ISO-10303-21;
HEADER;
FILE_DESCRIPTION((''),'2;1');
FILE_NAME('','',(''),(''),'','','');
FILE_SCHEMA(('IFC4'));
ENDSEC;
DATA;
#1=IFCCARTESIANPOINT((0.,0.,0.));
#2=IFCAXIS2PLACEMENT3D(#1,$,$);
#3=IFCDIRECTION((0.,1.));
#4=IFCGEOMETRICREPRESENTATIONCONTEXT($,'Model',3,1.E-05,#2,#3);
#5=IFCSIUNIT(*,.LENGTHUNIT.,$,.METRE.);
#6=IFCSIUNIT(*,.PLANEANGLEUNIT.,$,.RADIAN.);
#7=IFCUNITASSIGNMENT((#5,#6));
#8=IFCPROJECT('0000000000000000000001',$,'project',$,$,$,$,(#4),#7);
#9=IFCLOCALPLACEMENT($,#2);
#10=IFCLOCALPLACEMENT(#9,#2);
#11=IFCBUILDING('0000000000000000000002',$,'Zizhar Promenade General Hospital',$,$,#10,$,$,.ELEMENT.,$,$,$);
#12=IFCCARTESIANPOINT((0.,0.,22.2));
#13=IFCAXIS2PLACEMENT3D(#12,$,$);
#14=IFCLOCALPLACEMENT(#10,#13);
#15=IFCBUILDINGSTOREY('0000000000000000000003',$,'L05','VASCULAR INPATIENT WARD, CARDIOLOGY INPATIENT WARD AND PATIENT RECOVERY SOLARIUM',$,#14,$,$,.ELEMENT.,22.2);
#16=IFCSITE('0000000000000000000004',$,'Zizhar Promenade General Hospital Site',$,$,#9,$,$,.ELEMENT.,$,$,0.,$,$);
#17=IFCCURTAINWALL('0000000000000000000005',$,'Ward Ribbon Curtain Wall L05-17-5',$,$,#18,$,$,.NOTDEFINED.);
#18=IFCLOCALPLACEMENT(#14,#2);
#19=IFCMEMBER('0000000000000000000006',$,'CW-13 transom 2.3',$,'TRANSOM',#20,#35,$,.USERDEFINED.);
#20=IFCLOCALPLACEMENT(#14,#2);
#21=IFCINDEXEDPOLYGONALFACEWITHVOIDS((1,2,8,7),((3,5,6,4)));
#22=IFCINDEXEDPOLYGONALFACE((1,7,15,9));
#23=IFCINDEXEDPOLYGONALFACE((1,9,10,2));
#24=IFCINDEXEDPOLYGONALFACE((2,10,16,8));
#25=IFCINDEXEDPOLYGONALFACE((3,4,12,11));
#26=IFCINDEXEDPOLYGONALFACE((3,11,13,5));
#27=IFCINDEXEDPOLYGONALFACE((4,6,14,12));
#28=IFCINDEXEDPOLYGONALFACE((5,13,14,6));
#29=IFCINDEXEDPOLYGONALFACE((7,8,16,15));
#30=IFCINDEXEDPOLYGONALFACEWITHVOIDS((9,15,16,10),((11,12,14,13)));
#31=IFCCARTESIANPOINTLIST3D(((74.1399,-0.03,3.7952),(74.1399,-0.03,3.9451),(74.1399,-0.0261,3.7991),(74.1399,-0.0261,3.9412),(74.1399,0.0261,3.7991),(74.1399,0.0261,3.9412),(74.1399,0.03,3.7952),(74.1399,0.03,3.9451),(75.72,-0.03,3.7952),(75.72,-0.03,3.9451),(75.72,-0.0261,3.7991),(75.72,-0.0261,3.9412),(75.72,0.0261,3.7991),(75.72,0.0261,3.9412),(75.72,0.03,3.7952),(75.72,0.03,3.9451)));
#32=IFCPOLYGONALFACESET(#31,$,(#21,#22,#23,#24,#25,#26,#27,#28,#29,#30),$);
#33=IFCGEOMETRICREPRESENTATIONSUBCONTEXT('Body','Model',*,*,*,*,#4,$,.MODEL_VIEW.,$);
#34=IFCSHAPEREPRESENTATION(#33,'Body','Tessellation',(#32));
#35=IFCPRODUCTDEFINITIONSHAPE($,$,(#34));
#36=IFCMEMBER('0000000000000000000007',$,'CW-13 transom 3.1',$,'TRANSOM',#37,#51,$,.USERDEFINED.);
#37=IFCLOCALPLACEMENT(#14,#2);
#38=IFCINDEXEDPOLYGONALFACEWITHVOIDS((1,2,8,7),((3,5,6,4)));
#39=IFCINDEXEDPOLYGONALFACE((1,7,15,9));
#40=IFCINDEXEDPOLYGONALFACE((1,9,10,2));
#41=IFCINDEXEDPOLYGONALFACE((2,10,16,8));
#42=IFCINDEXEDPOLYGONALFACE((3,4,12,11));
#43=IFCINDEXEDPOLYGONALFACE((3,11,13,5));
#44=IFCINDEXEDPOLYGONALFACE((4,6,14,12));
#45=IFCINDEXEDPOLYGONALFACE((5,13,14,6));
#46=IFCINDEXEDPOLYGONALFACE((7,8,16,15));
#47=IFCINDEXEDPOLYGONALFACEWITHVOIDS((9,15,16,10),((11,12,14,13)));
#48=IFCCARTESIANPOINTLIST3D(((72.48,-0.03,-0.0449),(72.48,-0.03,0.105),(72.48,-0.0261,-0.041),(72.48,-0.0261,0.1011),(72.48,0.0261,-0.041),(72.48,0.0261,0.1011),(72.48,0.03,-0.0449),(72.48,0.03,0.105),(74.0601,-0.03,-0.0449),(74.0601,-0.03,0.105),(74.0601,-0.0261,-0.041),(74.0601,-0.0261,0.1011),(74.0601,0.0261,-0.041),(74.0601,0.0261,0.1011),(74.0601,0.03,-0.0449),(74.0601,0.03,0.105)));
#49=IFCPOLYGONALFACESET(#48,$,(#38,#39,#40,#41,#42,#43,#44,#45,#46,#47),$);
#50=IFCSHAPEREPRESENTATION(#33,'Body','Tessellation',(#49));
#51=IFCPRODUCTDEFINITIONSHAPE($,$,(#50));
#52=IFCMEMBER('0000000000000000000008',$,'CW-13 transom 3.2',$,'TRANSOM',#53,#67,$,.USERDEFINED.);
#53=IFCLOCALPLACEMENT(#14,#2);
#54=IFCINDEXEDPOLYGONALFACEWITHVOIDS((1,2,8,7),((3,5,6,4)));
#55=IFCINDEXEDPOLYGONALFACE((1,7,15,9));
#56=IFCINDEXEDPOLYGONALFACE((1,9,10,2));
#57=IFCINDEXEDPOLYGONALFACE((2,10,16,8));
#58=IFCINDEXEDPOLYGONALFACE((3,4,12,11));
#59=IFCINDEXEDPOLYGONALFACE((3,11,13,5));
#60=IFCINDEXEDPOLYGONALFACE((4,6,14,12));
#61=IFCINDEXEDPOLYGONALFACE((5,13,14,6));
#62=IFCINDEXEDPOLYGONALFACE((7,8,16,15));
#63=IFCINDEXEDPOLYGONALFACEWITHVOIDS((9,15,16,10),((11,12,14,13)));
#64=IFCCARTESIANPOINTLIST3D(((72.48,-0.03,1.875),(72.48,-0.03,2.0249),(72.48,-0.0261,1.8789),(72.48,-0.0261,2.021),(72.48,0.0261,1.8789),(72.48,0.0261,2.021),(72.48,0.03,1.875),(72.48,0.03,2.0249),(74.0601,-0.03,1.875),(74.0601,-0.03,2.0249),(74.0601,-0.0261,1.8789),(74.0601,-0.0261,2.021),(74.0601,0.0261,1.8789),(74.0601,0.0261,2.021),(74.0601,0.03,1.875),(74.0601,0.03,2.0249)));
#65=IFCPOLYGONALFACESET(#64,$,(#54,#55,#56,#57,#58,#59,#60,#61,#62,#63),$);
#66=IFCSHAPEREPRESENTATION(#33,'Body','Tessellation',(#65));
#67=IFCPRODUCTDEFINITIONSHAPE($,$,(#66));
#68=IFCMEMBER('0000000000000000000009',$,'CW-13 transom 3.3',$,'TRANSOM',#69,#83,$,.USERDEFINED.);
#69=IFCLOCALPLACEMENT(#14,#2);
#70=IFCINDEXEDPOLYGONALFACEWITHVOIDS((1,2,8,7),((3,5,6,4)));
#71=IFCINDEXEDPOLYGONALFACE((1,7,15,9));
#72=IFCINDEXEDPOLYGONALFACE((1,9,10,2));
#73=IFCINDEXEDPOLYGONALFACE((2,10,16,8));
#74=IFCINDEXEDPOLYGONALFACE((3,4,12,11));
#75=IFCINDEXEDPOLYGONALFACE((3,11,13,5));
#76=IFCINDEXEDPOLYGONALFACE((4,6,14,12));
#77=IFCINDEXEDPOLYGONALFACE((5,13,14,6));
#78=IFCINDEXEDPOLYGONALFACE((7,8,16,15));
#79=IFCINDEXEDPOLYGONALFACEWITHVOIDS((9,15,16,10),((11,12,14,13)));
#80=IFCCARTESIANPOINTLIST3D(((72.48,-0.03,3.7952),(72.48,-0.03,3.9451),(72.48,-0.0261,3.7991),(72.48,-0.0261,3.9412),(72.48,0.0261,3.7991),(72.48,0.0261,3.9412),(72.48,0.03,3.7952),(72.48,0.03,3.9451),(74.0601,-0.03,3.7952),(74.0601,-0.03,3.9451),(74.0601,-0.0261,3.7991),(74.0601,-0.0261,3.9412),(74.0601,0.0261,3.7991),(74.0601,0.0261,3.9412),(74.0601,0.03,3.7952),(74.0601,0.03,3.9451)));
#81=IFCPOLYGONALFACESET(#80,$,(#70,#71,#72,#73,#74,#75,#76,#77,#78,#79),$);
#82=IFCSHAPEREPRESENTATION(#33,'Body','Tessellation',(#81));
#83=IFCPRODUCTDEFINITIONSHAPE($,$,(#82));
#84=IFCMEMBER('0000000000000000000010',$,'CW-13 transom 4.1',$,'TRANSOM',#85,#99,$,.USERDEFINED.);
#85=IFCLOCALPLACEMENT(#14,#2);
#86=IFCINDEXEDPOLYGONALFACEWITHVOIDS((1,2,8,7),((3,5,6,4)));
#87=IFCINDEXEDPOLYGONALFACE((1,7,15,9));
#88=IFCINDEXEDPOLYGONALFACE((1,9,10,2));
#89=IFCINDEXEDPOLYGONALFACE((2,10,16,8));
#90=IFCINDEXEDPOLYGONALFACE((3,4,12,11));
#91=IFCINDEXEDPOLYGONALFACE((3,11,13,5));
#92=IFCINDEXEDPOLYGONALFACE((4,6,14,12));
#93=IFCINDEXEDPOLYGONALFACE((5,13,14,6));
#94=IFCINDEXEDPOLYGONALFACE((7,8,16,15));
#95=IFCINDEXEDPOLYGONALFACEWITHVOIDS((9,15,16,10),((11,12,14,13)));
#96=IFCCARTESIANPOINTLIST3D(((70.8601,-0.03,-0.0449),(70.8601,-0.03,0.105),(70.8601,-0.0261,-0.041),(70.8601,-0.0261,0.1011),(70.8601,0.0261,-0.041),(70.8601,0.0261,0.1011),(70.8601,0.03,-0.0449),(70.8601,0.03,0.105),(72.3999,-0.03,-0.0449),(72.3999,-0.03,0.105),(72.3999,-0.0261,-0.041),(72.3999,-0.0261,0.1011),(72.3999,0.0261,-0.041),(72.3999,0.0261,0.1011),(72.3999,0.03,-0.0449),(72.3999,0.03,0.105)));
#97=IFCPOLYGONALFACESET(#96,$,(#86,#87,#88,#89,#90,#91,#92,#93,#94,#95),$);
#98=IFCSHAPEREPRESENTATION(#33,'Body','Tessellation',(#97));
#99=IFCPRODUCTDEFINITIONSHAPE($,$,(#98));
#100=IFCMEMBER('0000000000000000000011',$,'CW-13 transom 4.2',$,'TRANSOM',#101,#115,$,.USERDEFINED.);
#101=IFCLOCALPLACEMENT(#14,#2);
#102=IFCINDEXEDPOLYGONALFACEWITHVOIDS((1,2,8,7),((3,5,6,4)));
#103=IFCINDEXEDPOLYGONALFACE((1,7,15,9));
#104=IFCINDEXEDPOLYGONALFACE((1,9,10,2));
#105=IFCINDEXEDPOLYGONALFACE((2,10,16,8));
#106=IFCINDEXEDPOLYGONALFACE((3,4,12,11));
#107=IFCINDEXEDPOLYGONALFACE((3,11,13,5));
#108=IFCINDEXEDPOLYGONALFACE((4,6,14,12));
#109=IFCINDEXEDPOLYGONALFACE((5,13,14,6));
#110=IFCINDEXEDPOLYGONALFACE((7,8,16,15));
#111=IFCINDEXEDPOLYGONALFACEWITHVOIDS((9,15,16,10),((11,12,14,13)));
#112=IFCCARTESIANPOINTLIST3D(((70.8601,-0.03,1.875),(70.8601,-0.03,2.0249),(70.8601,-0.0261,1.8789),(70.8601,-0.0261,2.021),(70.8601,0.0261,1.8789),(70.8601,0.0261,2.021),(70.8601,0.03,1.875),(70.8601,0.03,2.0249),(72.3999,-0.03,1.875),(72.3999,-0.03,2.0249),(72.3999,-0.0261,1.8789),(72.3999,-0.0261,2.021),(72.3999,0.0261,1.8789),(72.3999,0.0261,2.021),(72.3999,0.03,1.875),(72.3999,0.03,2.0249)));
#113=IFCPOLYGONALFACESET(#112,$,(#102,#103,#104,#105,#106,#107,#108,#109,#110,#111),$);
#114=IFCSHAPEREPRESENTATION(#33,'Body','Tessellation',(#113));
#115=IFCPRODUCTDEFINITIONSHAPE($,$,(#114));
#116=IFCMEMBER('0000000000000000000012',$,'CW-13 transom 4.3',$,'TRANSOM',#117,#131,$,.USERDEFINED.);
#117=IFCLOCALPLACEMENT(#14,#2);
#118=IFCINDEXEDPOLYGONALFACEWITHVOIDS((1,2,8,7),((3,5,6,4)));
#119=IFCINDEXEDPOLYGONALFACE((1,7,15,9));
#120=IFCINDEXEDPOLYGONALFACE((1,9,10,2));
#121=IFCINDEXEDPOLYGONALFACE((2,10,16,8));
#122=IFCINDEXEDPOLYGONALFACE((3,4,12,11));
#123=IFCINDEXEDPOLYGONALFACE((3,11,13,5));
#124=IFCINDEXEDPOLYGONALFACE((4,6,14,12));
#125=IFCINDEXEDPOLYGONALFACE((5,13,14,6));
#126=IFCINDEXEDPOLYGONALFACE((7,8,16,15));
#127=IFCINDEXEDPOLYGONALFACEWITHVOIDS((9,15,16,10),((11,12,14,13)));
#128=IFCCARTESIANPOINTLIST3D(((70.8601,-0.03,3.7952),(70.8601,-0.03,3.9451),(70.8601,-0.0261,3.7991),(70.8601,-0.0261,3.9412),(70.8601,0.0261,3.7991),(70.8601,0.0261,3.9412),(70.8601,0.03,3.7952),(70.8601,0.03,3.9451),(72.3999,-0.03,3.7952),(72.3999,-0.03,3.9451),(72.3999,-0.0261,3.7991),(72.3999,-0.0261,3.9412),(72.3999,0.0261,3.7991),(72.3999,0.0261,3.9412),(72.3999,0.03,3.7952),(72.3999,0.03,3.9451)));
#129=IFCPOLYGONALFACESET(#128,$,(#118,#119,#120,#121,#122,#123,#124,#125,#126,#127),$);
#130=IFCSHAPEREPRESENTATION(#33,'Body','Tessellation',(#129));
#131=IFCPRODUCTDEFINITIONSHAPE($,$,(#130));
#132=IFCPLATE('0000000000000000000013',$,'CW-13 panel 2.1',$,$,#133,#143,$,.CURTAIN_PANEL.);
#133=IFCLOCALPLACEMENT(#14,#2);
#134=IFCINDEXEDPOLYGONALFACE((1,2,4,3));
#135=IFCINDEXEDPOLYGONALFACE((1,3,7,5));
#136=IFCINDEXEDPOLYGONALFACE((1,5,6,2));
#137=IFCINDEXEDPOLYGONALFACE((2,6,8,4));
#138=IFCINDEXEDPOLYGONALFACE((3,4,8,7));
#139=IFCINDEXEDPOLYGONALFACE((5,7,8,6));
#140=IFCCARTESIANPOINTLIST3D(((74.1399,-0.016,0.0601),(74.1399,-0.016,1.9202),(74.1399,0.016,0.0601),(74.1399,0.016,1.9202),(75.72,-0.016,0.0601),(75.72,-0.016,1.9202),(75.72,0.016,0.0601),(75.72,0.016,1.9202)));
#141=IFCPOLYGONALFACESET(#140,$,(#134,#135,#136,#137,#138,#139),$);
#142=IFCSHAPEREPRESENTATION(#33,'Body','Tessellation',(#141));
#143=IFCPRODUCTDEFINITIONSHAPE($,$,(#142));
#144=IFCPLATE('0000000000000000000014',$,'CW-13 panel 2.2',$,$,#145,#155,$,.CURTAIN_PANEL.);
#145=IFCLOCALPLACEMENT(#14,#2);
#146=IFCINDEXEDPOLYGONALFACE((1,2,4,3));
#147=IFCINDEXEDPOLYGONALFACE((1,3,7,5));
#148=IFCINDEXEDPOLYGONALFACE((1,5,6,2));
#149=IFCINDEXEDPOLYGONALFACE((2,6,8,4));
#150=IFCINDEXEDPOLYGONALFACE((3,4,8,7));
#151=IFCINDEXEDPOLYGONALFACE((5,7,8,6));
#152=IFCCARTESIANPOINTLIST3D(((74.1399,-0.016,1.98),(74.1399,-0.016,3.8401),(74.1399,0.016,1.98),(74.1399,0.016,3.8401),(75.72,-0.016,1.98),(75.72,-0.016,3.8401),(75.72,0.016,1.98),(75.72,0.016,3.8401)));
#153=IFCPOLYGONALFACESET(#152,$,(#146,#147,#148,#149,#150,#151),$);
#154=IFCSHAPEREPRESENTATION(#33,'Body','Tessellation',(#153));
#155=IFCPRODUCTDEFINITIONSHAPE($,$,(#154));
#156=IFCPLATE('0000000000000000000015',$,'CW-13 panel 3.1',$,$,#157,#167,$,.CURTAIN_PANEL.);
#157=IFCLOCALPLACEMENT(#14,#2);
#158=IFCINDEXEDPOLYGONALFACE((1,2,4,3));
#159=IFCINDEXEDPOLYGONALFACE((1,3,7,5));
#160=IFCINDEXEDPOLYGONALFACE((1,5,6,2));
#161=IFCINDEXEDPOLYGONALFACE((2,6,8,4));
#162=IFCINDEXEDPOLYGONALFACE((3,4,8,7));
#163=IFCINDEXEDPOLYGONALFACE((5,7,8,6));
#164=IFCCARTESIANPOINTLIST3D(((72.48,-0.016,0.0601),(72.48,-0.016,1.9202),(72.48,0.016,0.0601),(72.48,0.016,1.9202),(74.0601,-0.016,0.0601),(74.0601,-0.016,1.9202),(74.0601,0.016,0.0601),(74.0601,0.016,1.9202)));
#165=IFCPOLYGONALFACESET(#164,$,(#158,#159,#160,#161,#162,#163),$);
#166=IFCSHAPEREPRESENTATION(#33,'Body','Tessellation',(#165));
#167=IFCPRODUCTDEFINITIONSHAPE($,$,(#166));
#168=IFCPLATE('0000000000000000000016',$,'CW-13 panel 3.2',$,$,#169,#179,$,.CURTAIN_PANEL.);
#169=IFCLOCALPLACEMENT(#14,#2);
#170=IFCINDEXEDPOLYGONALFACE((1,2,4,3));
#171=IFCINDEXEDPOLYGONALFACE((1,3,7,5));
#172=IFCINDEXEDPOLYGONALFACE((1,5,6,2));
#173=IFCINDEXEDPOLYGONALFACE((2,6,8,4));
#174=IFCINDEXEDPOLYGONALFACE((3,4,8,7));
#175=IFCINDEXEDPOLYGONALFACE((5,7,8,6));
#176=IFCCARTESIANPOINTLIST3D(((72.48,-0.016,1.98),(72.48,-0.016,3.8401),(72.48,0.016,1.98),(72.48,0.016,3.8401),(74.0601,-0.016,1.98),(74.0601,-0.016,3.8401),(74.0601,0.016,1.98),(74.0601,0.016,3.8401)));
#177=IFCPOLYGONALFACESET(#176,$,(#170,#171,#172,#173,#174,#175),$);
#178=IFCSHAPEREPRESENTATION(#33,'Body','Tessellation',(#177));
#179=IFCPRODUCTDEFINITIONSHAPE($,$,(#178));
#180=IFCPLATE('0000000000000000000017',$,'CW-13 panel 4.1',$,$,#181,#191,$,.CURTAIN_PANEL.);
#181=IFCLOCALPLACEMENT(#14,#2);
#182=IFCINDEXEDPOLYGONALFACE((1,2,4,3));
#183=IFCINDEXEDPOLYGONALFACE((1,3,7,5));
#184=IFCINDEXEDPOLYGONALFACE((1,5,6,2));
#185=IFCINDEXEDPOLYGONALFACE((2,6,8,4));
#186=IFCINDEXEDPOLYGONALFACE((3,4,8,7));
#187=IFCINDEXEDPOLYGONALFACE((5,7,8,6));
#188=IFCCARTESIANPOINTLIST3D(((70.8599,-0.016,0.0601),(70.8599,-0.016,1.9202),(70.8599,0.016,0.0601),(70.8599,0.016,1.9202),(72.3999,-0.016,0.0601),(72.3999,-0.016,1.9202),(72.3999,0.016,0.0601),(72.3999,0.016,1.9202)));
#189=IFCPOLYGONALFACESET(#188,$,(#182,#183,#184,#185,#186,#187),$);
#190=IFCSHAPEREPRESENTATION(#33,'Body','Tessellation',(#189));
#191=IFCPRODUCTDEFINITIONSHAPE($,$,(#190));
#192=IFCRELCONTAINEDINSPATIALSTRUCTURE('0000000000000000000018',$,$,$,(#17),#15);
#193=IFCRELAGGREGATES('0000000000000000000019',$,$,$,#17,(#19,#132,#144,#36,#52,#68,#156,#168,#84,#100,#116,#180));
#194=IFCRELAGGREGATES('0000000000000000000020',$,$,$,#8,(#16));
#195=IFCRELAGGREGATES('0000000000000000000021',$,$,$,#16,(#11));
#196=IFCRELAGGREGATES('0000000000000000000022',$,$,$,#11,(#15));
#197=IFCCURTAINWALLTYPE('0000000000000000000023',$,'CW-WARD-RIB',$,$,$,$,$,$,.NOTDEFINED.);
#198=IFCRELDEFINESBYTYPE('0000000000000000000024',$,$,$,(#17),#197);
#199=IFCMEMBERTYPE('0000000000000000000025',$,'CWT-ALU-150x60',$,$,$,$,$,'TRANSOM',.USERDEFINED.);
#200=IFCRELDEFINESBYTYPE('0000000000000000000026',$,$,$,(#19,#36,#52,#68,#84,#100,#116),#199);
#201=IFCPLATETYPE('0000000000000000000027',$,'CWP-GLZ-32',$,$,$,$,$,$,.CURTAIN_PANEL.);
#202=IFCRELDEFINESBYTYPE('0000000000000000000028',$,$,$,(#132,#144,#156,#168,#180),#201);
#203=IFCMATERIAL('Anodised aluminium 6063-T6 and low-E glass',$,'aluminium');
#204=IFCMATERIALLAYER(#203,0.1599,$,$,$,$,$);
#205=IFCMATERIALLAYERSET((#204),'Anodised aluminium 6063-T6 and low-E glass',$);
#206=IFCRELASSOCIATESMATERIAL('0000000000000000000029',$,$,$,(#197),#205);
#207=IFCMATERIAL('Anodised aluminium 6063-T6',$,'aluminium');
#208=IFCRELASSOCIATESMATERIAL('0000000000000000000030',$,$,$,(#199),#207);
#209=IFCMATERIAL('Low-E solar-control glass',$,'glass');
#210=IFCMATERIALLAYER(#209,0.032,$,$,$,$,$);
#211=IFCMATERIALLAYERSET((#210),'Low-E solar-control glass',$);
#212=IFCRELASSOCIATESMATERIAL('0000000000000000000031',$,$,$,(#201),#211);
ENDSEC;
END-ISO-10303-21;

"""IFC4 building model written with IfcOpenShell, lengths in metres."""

from ifc_helpers import new_model, si_unit, direction, frame, origin, origin_2d, place, context, subcontext, project, spatial, rectangle, hollow_rectangle, extrude, material, layer, layer_set, material_profile, profile_set, type_object, element, aggregate, save


model = new_model("IFC4")

# Units and contexts
model_context = context("Model", 3, precision=1e-05, world=origin(), true_north=direction((0.0, 1.0)))
body_context = subcontext(model_context, "Body", "Model", "MODEL_VIEW")
ifc_project = project(units=[si_unit("LENGTHUNIT", "METRE"), si_unit("PLANEANGLEUNIT", "RADIAN")], contexts=[model_context])

# Site, building, storey
site_placement = place(None, origin())
site = spatial("IfcSite", under=ifc_project, at=site_placement, Name="Zizhar Promenade General Hospital Site", CompositionType="ELEMENT", RefElevation=0.0)
building_placement = place(site_placement, origin())
building = spatial("IfcBuilding", under=site, at=building_placement, Name="Zizhar Promenade General Hospital", CompositionType="ELEMENT")
storey_placement = place(building_placement, frame((0.0, 0.0, 22.2)))
storey = spatial("IfcBuildingStorey", under=building, at=storey_placement, Name="L05", Description="VASCULAR INPATIENT WARD, CARDIOLOGY INPATIENT WARD AND PATIENT RECOVERY SOLARIUM", CompositionType="ELEMENT", Elevation=22.2)

# Curtain wall, members, plates
ifc_material_1 = material(Name="Anodised aluminium 6063-T6 and low-E glass", Category="aluminium")
ifc_layer_1 = layer(ifc_material_1, 0.1599)
ifc_layer_set_1 = layer_set([ifc_layer_1], Name="Anodised aluminium 6063-T6 and low-E glass")
curtain_wall_type = type_object("IfcCurtainWallType", Name="CW-WARD-RIB", PredefinedType="NOTDEFINED", material=ifc_layer_set_1)
curtain_wall_placement = place(storey_placement, origin())
curtain_wall = element("IfcCurtainWall", 1, at=curtain_wall_placement, inside=storey, type_object=curtain_wall_type, Name="Ward Ribbon Curtain Wall L05-17-5", PredefinedType="NOTDEFINED")
ifc_material_2 = material(Name="Anodised aluminium 6063-T6", Category="aluminium")
ifc_material_profile_1 = material_profile(ifc_material_2, hollow_rectangle(XDim=0.0601, YDim=0.1499, WallThickness=0.0039, at=origin_2d()))
ifc_profile_set_1 = profile_set([ifc_material_profile_1], Name="Anodised aluminium 6063-T6")
member_type_1 = type_object("IfcMemberType", Name="CWT-ALU-150x60", ElementType="TRANSOM", PredefinedType="USERDEFINED", material=ifc_profile_set_1)
member_1_placement = place(storey_placement, frame((75.72, 0.0, 3.8701), z_axis=(-1.0, 0.0, 0.0), x_axis=(0.0, -1.0, 0.0)))
member_1 = element("IfcMember", 2, at=member_1_placement, type_object=member_type_1, Name="CW-13 transom 2.3", ObjectType="TRANSOM", PredefinedType="USERDEFINED", context=body_context, shape_type="SweptSolid", body=[
    extrude(hollow_rectangle(XDim=0.0601, YDim=0.1499, WallThickness=0.0039, at=origin_2d()), origin(), (0.0, 0.0, 1.0), 1.5801),
])
member_2_placement = place(storey_placement, frame((74.0601, 0.0, 0.03), z_axis=(-1.0, 0.0, 0.0), x_axis=(0.0, -1.0, 0.0)))
member_2 = element("IfcMember", 3, at=member_2_placement, type_object=member_type_1, Name="CW-13 transom 3.1", ObjectType="TRANSOM", PredefinedType="USERDEFINED", context=body_context, shape_type="SweptSolid", body=[
    extrude(hollow_rectangle(XDim=0.0601, YDim=0.1499, WallThickness=0.0039, at=origin_2d()), origin(), (0.0, 0.0, 1.0), 1.5801),
])
member_3_placement = place(storey_placement, frame((74.0601, 0.0, 1.95), z_axis=(-1.0, 0.0, 0.0), x_axis=(0.0, -1.0, 0.0)))
member_3 = element("IfcMember", 4, at=member_3_placement, type_object=member_type_1, Name="CW-13 transom 3.2", ObjectType="TRANSOM", PredefinedType="USERDEFINED", context=body_context, shape_type="SweptSolid", body=[
    extrude(hollow_rectangle(XDim=0.0601, YDim=0.1499, WallThickness=0.0039, at=origin_2d()), origin(), (0.0, 0.0, 1.0), 1.5801),
])
member_4_placement = place(storey_placement, frame((74.0601, 0.0, 3.8701), z_axis=(-1.0, 0.0, 0.0), x_axis=(0.0, -1.0, 0.0)))
member_4 = element("IfcMember", 5, at=member_4_placement, type_object=member_type_1, Name="CW-13 transom 3.3", ObjectType="TRANSOM", PredefinedType="USERDEFINED", context=body_context, shape_type="SweptSolid", body=[
    extrude(hollow_rectangle(XDim=0.0601, YDim=0.1499, WallThickness=0.0039, at=origin_2d()), origin(), (0.0, 0.0, 1.0), 1.5801),
])
member_5_placement = place(storey_placement, frame((72.3999, 0.0, 0.03), z_axis=(-1.0, 0.0, 0.0), x_axis=(0.0, -1.0, 0.0)))
member_5 = element("IfcMember", 6, at=member_5_placement, type_object=member_type_1, Name="CW-13 transom 4.1", ObjectType="TRANSOM", PredefinedType="USERDEFINED", context=body_context, shape_type="SweptSolid", body=[
    extrude(hollow_rectangle(XDim=0.0601, YDim=0.1499, WallThickness=0.0039, at=origin_2d()), origin(), (0.0, 0.0, 1.0), 1.5398),
])
member_6_placement = place(storey_placement, frame((72.3999, 0.0, 1.95), z_axis=(-1.0, 0.0, 0.0), x_axis=(0.0, -1.0, 0.0)))
member_6 = element("IfcMember", 7, at=member_6_placement, type_object=member_type_1, Name="CW-13 transom 4.2", ObjectType="TRANSOM", PredefinedType="USERDEFINED", context=body_context, shape_type="SweptSolid", body=[
    extrude(hollow_rectangle(XDim=0.0601, YDim=0.1499, WallThickness=0.0039, at=origin_2d()), origin(), (0.0, 0.0, 1.0), 1.5398),
])
member_7_placement = place(storey_placement, frame((72.3999, 0.0, 3.8701), z_axis=(-1.0, 0.0, 0.0), x_axis=(0.0, -1.0, 0.0)))
member_7 = element("IfcMember", 8, at=member_7_placement, type_object=member_type_1, Name="CW-13 transom 4.3", ObjectType="TRANSOM", PredefinedType="USERDEFINED", context=body_context, shape_type="SweptSolid", body=[
    extrude(hollow_rectangle(XDim=0.0601, YDim=0.1499, WallThickness=0.0039, at=origin_2d()), origin(), (0.0, 0.0, 1.0), 1.5398),
])
ifc_material_3 = material(Name="Low-E solar-control glass", Category="glass")
ifc_layer_2 = layer(ifc_material_3, 0.032)
ifc_layer_set_2 = layer_set([ifc_layer_2], Name="Low-E solar-control glass")
plate_type = type_object("IfcPlateType", Name="CWP-GLZ-32", PredefinedType="CURTAIN_PANEL", material=ifc_layer_set_2)
plate_1_placement = place(storey_placement, frame((74.9299, 0.0, 0.0601), z_axis=(0.0, 0.0, 1.0), x_axis=(-1.0, 0.0, 0.0)))
plate_1 = element("IfcPlate", 9, at=plate_1_placement, type_object=plate_type, Name="CW-13 panel 2.1", PredefinedType="CURTAIN_PANEL", context=body_context, shape_type="SweptSolid", body=[
    extrude(rectangle(XDim=1.5801, YDim=0.032, at=origin_2d()), origin(), (0.0, 0.0, 1.0), 1.8601),
])
plate_2_placement = place(storey_placement, frame((74.9299, 0.0, 1.98), z_axis=(0.0, 0.0, 1.0), x_axis=(-1.0, 0.0, 0.0)))
plate_2 = element("IfcPlate", 10, at=plate_2_placement, type_object=plate_type, Name="CW-13 panel 2.2", PredefinedType="CURTAIN_PANEL", context=body_context, shape_type="SweptSolid", body=[
    extrude(rectangle(XDim=1.5801, YDim=0.032, at=origin_2d()), origin(), (0.0, 0.0, 1.0), 1.8601),
])
plate_3_placement = place(storey_placement, frame((73.27, 0.0, 0.0601), z_axis=(0.0, 0.0, 1.0), x_axis=(-1.0, 0.0, 0.0)))
plate_3 = element("IfcPlate", 11, at=plate_3_placement, type_object=plate_type, Name="CW-13 panel 3.1", PredefinedType="CURTAIN_PANEL", context=body_context, shape_type="SweptSolid", body=[
    extrude(rectangle(XDim=1.5801, YDim=0.032, at=origin_2d()), origin(), (0.0, 0.0, 1.0), 1.8601),
])
plate_4_placement = place(storey_placement, frame((73.27, 0.0, 1.98), z_axis=(0.0, 0.0, 1.0), x_axis=(-1.0, 0.0, 0.0)))
plate_4 = element("IfcPlate", 12, at=plate_4_placement, type_object=plate_type, Name="CW-13 panel 3.2", PredefinedType="CURTAIN_PANEL", context=body_context, shape_type="SweptSolid", body=[
    extrude(rectangle(XDim=1.5801, YDim=0.032, at=origin_2d()), origin(), (0.0, 0.0, 1.0), 1.8601),
])
plate_5_placement = place(storey_placement, frame((71.6299, 0.0, 0.0601), z_axis=(0.0, 0.0, 1.0), x_axis=(-1.0, 0.0, 0.0)))
plate_5 = element("IfcPlate", 13, at=plate_5_placement, type_object=plate_type, Name="CW-13 panel 4.1", PredefinedType="CURTAIN_PANEL", context=body_context, shape_type="SweptSolid", body=[
    extrude(rectangle(XDim=1.54, YDim=0.032, at=origin_2d()), origin(), (0.0, 0.0, 1.0), 1.8601),
])
aggregate(curtain_wall, [member_1, plate_1, plate_2, member_2, member_3, member_4, plate_3, plate_4, member_5, member_6, member_7, plate_5])

save(model, "model.ifc")
